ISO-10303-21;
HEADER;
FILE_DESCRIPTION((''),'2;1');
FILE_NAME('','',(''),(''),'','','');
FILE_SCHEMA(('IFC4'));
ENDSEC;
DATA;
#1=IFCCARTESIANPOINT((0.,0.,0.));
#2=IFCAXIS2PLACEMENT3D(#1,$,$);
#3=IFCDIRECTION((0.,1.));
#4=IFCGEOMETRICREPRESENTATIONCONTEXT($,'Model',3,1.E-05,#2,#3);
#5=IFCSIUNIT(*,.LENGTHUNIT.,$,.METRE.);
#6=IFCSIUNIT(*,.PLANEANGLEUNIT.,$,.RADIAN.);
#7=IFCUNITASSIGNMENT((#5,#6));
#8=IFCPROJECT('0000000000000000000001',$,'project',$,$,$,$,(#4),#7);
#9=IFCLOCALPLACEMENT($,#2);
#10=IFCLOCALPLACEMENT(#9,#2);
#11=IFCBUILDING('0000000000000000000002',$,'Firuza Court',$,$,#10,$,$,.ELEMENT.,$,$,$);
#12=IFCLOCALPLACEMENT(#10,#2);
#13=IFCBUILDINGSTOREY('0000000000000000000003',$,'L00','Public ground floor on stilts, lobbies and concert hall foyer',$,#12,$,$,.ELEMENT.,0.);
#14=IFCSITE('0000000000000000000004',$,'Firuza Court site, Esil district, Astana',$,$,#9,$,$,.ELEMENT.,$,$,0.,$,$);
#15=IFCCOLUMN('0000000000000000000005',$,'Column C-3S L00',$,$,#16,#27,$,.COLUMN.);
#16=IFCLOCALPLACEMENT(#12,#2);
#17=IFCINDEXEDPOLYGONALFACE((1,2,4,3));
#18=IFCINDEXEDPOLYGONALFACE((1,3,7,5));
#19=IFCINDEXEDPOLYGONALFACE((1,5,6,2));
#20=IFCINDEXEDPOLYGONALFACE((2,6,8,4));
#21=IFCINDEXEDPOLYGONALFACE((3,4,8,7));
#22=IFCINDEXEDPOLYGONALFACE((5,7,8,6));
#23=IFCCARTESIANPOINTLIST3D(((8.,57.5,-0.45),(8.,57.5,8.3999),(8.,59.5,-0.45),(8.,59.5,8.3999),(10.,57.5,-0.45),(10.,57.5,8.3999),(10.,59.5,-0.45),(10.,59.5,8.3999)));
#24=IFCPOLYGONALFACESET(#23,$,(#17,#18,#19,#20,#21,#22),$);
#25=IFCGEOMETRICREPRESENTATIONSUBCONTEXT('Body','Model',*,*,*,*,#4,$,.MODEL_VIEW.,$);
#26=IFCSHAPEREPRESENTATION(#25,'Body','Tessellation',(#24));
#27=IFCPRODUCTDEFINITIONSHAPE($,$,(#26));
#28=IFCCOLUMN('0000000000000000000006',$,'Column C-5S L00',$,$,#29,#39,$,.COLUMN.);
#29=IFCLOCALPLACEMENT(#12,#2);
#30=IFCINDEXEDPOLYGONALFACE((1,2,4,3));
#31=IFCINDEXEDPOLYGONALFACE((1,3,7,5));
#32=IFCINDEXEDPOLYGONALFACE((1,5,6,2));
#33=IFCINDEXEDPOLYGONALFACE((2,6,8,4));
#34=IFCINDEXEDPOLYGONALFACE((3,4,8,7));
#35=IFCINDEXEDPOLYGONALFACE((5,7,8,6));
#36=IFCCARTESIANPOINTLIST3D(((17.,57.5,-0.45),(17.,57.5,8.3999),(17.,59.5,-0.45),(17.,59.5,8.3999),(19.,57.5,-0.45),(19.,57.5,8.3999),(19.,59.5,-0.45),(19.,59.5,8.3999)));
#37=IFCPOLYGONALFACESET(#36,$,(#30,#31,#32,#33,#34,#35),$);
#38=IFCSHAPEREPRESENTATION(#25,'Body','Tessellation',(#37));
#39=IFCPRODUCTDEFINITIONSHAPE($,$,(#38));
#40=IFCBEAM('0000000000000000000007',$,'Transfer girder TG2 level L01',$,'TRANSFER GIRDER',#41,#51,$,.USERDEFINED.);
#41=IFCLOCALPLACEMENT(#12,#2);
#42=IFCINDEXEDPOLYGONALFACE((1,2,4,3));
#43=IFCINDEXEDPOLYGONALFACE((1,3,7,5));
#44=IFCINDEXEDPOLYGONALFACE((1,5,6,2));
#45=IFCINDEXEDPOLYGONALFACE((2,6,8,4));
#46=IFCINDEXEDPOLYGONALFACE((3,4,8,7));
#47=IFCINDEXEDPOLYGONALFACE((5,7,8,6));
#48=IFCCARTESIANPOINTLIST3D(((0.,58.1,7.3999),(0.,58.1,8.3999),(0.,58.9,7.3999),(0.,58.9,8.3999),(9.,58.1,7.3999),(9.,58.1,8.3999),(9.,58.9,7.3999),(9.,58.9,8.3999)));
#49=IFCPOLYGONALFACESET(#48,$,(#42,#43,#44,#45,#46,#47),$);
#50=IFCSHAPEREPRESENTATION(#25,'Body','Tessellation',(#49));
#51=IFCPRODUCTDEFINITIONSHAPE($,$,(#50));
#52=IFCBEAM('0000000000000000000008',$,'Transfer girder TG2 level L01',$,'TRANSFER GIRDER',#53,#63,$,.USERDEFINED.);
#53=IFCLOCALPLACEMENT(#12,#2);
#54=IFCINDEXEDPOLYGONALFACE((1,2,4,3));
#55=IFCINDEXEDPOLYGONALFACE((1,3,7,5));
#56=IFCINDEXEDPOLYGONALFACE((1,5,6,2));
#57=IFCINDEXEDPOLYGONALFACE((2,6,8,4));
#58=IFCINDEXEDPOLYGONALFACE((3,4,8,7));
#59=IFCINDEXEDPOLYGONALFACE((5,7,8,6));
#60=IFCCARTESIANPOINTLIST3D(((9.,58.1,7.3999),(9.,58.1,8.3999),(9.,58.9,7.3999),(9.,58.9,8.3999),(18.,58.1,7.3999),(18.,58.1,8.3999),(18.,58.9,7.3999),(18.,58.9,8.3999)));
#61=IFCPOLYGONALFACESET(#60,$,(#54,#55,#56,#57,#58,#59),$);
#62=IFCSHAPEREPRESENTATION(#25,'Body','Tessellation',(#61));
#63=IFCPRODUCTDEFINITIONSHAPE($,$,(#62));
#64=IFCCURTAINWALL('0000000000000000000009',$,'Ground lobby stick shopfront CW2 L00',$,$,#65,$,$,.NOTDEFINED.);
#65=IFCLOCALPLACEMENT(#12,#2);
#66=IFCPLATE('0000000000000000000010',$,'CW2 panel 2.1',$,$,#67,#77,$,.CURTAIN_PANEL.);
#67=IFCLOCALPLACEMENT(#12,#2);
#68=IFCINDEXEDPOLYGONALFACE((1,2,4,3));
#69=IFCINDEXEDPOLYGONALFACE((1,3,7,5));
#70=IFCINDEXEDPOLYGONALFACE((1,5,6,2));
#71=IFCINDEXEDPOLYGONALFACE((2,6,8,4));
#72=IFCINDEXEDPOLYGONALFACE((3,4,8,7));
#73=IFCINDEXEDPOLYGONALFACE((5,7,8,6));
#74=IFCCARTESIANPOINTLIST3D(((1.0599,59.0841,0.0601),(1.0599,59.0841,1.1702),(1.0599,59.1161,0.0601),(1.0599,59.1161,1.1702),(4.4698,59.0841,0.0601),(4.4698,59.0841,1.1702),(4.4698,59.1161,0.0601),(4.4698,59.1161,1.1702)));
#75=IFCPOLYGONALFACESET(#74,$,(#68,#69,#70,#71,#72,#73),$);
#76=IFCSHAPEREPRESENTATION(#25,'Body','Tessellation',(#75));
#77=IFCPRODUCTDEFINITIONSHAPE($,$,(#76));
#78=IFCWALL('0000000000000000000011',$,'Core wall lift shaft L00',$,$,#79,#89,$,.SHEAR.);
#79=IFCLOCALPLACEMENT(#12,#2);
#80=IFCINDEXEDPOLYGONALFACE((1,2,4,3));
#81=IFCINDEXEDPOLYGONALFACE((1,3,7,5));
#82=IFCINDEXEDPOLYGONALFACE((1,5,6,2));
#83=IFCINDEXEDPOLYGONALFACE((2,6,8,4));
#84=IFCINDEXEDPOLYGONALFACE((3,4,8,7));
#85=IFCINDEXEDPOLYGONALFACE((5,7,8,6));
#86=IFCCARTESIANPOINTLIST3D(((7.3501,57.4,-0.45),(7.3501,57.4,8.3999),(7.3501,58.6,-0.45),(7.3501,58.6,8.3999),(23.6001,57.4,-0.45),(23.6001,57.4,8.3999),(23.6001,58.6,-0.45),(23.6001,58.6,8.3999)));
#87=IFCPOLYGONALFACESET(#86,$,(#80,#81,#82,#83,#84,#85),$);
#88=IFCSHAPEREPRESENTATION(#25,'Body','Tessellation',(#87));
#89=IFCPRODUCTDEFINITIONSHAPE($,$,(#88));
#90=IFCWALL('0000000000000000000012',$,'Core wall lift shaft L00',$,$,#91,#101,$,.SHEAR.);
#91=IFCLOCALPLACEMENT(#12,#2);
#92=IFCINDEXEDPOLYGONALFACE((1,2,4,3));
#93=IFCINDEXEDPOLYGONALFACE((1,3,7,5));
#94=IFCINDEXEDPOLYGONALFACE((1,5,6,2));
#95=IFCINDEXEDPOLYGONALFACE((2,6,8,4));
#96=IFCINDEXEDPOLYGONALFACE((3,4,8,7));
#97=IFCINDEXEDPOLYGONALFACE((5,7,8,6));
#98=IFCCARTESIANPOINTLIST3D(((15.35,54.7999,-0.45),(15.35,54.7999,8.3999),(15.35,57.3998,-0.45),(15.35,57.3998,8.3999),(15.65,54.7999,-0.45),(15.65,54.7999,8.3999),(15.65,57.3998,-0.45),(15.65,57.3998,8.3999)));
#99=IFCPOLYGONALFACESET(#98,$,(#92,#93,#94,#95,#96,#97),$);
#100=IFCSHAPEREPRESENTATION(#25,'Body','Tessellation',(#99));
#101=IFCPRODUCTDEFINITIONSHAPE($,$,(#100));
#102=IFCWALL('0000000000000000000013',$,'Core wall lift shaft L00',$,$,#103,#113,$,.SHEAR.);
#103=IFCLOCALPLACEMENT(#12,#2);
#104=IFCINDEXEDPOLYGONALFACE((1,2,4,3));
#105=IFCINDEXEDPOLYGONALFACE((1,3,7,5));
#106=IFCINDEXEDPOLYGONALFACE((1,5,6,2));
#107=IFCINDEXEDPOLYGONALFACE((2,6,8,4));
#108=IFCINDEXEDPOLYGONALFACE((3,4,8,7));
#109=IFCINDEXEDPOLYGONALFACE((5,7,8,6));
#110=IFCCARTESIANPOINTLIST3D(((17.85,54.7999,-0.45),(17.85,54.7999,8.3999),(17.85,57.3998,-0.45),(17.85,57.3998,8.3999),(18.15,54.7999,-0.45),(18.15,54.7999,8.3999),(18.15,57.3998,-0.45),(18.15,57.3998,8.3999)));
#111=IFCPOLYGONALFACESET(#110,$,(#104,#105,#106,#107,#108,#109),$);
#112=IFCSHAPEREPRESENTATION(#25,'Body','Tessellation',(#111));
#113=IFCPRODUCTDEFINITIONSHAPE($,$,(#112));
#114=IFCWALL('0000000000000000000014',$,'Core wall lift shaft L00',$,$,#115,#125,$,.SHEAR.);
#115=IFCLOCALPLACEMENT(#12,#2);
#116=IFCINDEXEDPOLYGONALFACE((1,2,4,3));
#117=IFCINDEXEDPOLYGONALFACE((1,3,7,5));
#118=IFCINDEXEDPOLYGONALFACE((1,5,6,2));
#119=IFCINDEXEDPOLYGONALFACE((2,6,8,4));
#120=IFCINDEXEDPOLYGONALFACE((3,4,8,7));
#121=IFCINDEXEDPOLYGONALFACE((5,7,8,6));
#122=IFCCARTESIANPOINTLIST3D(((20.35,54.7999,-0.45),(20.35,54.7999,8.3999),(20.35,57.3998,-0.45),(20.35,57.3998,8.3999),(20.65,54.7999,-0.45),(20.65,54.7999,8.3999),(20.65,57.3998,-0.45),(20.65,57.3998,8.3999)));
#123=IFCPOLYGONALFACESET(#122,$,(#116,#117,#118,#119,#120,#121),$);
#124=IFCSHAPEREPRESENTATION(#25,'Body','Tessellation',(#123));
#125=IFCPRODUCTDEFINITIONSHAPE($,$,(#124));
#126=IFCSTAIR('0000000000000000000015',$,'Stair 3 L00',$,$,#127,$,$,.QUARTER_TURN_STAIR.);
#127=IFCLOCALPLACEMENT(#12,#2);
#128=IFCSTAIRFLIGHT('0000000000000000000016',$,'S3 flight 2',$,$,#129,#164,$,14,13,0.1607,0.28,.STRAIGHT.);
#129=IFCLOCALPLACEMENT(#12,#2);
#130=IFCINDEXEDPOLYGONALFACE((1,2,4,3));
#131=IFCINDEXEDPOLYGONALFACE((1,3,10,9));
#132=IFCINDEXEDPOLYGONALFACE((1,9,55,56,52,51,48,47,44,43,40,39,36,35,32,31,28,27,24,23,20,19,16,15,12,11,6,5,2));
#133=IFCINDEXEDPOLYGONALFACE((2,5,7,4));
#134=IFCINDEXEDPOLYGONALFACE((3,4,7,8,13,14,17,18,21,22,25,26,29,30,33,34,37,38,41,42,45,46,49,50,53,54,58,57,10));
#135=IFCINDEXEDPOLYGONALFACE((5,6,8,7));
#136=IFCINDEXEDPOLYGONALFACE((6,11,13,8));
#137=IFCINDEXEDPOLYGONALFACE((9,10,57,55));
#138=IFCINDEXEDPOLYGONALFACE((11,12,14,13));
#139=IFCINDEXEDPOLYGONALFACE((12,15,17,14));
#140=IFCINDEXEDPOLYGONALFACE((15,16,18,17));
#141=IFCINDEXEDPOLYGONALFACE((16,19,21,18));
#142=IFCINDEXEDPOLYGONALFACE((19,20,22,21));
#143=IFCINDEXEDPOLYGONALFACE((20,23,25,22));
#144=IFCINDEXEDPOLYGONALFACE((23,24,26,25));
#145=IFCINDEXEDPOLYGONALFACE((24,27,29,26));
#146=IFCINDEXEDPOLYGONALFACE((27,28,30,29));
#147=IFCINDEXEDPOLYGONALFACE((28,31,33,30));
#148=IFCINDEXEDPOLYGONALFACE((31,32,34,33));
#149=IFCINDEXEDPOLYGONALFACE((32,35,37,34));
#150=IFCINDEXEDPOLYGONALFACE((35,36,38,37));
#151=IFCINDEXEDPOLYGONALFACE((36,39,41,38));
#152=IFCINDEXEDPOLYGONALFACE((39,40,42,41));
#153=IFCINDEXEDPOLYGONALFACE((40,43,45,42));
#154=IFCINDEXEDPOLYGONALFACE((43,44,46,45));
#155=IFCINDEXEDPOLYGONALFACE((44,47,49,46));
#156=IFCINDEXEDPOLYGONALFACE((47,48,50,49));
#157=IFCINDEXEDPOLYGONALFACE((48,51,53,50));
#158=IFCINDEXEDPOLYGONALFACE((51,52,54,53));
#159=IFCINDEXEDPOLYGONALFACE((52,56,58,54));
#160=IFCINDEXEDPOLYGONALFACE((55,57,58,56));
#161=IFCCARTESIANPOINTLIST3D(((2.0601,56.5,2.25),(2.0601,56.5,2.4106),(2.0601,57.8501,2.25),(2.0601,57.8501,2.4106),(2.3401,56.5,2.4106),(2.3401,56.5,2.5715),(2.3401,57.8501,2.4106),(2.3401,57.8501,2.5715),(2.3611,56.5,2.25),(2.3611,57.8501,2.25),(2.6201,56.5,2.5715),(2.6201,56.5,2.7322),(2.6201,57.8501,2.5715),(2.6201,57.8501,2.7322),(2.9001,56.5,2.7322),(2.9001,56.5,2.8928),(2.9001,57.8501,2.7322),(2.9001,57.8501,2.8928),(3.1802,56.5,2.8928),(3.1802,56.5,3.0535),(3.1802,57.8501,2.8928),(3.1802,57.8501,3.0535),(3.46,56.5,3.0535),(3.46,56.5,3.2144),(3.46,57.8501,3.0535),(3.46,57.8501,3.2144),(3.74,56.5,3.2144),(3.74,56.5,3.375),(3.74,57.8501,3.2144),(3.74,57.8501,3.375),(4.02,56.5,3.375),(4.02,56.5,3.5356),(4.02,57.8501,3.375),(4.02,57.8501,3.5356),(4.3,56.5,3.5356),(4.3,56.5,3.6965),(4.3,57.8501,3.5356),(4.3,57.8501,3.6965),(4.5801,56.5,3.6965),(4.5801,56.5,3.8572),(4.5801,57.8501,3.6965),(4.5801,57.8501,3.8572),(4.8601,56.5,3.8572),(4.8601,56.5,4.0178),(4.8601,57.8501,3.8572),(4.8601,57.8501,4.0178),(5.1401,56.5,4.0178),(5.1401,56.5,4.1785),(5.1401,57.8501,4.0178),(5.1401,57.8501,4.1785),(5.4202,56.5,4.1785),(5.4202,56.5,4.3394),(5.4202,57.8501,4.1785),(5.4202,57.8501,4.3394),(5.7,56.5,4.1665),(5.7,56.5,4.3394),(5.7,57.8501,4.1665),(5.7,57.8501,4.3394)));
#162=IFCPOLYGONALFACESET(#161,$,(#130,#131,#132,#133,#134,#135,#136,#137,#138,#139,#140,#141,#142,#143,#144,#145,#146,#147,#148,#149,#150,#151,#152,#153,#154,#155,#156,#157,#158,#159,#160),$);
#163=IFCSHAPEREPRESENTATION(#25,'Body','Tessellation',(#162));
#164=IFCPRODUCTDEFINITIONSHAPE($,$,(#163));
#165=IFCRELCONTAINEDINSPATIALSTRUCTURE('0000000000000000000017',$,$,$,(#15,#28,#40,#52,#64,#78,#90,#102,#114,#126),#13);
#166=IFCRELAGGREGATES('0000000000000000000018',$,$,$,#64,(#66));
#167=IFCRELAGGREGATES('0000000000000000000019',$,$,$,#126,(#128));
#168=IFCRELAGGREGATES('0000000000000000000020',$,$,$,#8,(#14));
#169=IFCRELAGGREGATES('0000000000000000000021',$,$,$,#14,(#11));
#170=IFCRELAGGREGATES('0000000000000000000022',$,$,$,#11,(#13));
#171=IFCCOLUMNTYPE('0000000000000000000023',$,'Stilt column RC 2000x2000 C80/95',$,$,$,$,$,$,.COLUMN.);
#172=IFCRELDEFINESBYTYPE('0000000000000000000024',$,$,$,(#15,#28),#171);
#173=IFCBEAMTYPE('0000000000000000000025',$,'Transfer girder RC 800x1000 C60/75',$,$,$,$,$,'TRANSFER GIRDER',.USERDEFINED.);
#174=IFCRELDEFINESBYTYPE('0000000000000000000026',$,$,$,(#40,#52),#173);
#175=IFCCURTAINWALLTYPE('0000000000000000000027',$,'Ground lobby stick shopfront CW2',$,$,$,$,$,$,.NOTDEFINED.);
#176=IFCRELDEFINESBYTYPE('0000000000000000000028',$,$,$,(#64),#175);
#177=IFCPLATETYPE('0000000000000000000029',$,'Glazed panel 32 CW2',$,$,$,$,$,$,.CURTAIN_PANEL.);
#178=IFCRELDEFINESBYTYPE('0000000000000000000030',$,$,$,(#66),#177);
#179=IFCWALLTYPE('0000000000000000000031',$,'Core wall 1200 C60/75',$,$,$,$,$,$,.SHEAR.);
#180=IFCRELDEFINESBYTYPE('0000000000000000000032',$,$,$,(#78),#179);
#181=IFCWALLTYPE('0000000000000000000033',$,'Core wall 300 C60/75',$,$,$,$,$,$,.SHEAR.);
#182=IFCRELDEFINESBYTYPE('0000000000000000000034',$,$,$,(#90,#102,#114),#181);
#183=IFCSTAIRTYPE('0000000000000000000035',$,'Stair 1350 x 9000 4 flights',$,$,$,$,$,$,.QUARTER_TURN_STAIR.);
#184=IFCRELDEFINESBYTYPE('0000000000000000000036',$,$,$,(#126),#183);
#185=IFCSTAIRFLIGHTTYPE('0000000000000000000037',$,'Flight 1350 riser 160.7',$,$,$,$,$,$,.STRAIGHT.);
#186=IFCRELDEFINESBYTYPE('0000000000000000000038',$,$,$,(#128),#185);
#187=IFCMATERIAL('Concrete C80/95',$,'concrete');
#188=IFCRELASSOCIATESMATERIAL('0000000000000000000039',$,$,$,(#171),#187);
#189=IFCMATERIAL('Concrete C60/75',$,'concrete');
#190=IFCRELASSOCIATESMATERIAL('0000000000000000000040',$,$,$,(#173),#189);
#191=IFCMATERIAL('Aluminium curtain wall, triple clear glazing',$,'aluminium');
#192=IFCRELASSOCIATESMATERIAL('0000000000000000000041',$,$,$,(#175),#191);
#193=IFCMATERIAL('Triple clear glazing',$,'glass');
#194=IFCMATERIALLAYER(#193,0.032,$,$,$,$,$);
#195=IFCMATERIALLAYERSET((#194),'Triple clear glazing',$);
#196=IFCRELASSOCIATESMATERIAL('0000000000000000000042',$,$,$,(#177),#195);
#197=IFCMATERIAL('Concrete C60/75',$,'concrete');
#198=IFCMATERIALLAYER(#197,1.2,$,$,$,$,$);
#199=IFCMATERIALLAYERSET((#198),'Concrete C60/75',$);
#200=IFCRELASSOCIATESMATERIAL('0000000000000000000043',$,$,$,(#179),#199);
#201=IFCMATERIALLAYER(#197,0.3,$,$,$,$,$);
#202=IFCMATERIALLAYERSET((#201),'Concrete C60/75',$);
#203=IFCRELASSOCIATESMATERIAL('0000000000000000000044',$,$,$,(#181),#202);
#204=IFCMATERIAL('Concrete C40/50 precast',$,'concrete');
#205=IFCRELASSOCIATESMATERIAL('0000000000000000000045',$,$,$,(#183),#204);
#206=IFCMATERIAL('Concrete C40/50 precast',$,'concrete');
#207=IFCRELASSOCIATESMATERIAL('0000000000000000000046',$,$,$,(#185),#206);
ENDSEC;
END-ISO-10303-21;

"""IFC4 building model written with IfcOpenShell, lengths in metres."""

from ifc_helpers import new_model, si_unit, direction, frame, frame_2d, origin, origin_2d, place, context, subcontext, project, spatial, polyline, rectangle, outline, extrude, material, layer, layer_set, material_profile, profile_set, type_object, element, aggregate, save


model = new_model("IFC4")

# Units and contexts
model_context = context("Model", 3, precision=1e-05, world=origin(), true_north=direction((0.0, 1.0)))
body_context = subcontext(model_context, "Body", "Model", "MODEL_VIEW")
ifc_project = project(units=[si_unit("LENGTHUNIT", "METRE"), si_unit("PLANEANGLEUNIT", "RADIAN")], contexts=[model_context])

# Site, building, storey
site_placement = place(None, origin())
site = spatial("IfcSite", under=ifc_project, at=site_placement, Name="Firuza Court site, Esil district, Astana", CompositionType="ELEMENT", RefElevation=0.0)
building_placement = place(site_placement, origin())
building = spatial("IfcBuilding", under=site, at=building_placement, Name="Firuza Court", CompositionType="ELEMENT")
storey_placement = place(building_placement, origin())
storey = spatial("IfcBuildingStorey", under=building, at=storey_placement, Name="L00", Description="Public ground floor on stilts, lobbies and concert hall foyer", CompositionType="ELEMENT", Elevation=0.0)

# Columns
ifc_material_1 = material(Name="Concrete C80/95", Category="concrete")
ifc_material_profile_1 = material_profile(ifc_material_1, rectangle(XDim=2.0, YDim=2.0, at=origin_2d()), Name="RC 2000x2000")
ifc_profile_set_1 = profile_set([ifc_material_profile_1], Name="Concrete C80/95")
column_type = type_object("IfcColumnType", Name="Stilt column RC 2000x2000 C80/95", PredefinedType="COLUMN", material=ifc_profile_set_1)
for number, where, z_axis, x_axis, name in (
    (1, (9.0, 58.5, -0.45), (0.0, 0.0, 1.0), (1.0, 0.0, 0.0), "Column C-3S L00"),
    (2, (18.0, 58.5, -0.45), (0.0, 0.0, 1.0), (1.0, 0.0, 0.0), "Column C-5S L00"),
):
    element("IfcColumn", number, at=place(storey_placement, frame(where, z_axis=z_axis, x_axis=x_axis)), inside=storey, type_object=column_type, Name=name, PredefinedType="COLUMN", context=body_context, shape_type="SweptSolid", body=[
        extrude(rectangle(XDim=2.0, YDim=2.0, at=origin_2d()), origin(), (0.0, 0.0, 1.0), 8.8499),
    ])

# Beams
ifc_material_2 = material(Name="Concrete C60/75", Category="concrete")
ifc_material_profile_2 = material_profile(ifc_material_2, rectangle(XDim=0.8, YDim=1.0, at=origin_2d()), Name="RC 800x1000")
ifc_profile_set_2 = profile_set([ifc_material_profile_2], Name="Concrete C60/75")
beam_type = type_object("IfcBeamType", Name="Transfer girder RC 800x1000 C60/75", ElementType="TRANSFER GIRDER", PredefinedType="USERDEFINED", material=ifc_profile_set_2)
for number, where, z_axis, x_axis, name in (
    (3, (9.0, 58.5, 7.8999), (-1.0, 0.0, 0.0), (0.0, -1.0, 0.0), "Transfer girder TG2 level L01"),
    (4, (18.0, 58.5, 7.8999), (-1.0, 0.0, 0.0), (0.0, -1.0, 0.0), "Transfer girder TG2 level L01"),
):
    element("IfcBeam", number, at=place(storey_placement, frame(where, z_axis=z_axis, x_axis=x_axis)), inside=storey, type_object=beam_type, Name=name, ObjectType="TRANSFER GIRDER", PredefinedType="USERDEFINED", context=body_context, shape_type="SweptSolid", body=[
        extrude(rectangle(XDim=0.8, YDim=1.0, at=origin_2d()), origin(), (0.0, 0.0, 1.0), 9.0),
    ])

# Curtain wall, plate
ifc_material_3 = material(Name="Aluminium curtain wall, triple clear glazing", Category="aluminium")
curtain_wall_type = type_object("IfcCurtainWallType", Name="Ground lobby stick shopfront CW2", PredefinedType="NOTDEFINED", material=ifc_material_3)
curtain_wall_placement = place(storey_placement, origin())
curtain_wall = element("IfcCurtainWall", 5, at=curtain_wall_placement, inside=storey, type_object=curtain_wall_type, Name="Ground lobby stick shopfront CW2 L00", PredefinedType="NOTDEFINED")
ifc_material_4 = material(Name="Triple clear glazing", Category="glass")
ifc_layer_1 = layer(ifc_material_4, 0.032)
ifc_layer_set_1 = layer_set([ifc_layer_1], Name="Triple clear glazing")
plate_type = type_object("IfcPlateType", Name="Glazed panel 32 CW2", PredefinedType="CURTAIN_PANEL", material=ifc_layer_set_1)
plate_placement = place(storey_placement, frame((2.7649, 59.1001, 0.0601), z_axis=(0.0, 0.0, 1.0), x_axis=(-1.0, 0.0, 0.0)))
plate = element("IfcPlate", 6, at=plate_placement, type_object=plate_type, Name="CW2 panel 2.1", PredefinedType="CURTAIN_PANEL", context=body_context, shape_type="SweptSolid", body=[
    extrude(rectangle(XDim=3.4099, YDim=0.032, at=origin_2d()), origin(), (0.0, 0.0, 1.0), 1.1101),
])
aggregate(curtain_wall, [plate])

# Walls
ifc_material_5 = material(Name="Concrete C60/75", Category="concrete")
ifc_layer_2 = layer(ifc_material_5, 1.2)
ifc_layer_set_2 = layer_set([ifc_layer_2], Name="Concrete C60/75")
wall_type_1 = type_object("IfcWallType", Name="Core wall 1200 C60/75", PredefinedType="SHEAR", material=ifc_layer_set_2)
wall_placement = place(storey_placement, frame((7.3501, 58.0, -0.45), z_axis=(0.0, 0.0, 1.0), x_axis=(1.0, 0.0, 0.0)))
element("IfcWall", 7, at=wall_placement, inside=storey, type_object=wall_type_1, Name="Core wall lift shaft L00", PredefinedType="SHEAR", context=body_context, shape_type="SweptSolid", body=[
    extrude(rectangle(XDim=16.25, YDim=1.2, at=frame_2d((8.125, 0.0))), origin(), (0.0, 0.0, 1.0), 8.8499),
])
ifc_layer_3 = layer(ifc_material_5, 0.3)
ifc_layer_set_3 = layer_set([ifc_layer_3], Name="Concrete C60/75")
wall_type_2 = type_object("IfcWallType", Name="Core wall 300 C60/75", PredefinedType="SHEAR", material=ifc_layer_set_3)
for number, where, z_axis, x_axis, name in (
    (8, (15.5, 54.8, -0.45), (0.0, 0.0, 1.0), (0.0, 1.0, 0.0), "Core wall lift shaft L00"),
    (9, (18.0, 54.8, -0.45), (0.0, 0.0, 1.0), (0.0, 1.0, 0.0), "Core wall lift shaft L00"),
    (10, (20.5, 54.8, -0.45), (0.0, 0.0, 1.0), (0.0, 1.0, 0.0), "Core wall lift shaft L00"),
):
    element("IfcWall", number, at=place(storey_placement, frame(where, z_axis=z_axis, x_axis=x_axis)), inside=storey, type_object=wall_type_2, Name=name, PredefinedType="SHEAR", context=body_context, shape_type="SweptSolid", body=[
        extrude(rectangle(XDim=2.5999, YDim=0.3, at=frame_2d((1.2998, 0.0))), origin(), (0.0, 0.0, 1.0), 8.8499),
    ])

# Stair, stair flight
ifc_material_6 = material(Name="Concrete C40/50 precast", Category="concrete")
stair_type = type_object("IfcStairType", Name="Stair 1350 x 9000 4 flights", PredefinedType="QUARTER_TURN_STAIR", material=ifc_material_6)
stair_placement = place(storey_placement, origin())
stair = element("IfcStair", 11, at=stair_placement, inside=storey, type_object=stair_type, Name="Stair 3 L00", PredefinedType="QUARTER_TURN_STAIR")
ifc_material_7 = material(Name="Concrete C40/50 precast", Category="concrete")
stair_flight_type = type_object("IfcStairFlightType", Name="Flight 1350 riser 160.7", PredefinedType="STRAIGHT", material=ifc_material_7)
stair_flight_1_placement = place(storey_placement, frame((2.0601, 57.175, 2.25), z_axis=(0.0, 0.0, 1.0), x_axis=(1.0, 0.0, 0.0)))
stair_flight_1 = element("IfcStairFlight", 12, at=stair_flight_1_placement, type_object=stair_flight_type, Name="S3 flight 2", NumberOfRisers=14, NumberOfTreads=13, PredefinedType="STRAIGHT", RiserHeight=0.1607, TreadLength=0.28, context=body_context, shape_type="SweptSolid", body=[
    extrude(outline(polyline([(0.0, 0.0), (0.0, 0.1606), (0.28, 0.1606), (0.28, 0.3215), (0.5601, 0.3215), (0.5601, 0.4822), (0.8401, 0.4822), (0.8401, 0.6428), (1.1201, 0.6428), (1.1201, 0.8035), (1.3999, 0.8035), (1.3999, 0.9644), (1.6799, 0.9644), (1.6799, 1.125), (1.96, 1.125), (1.96, 1.2856), (2.24, 1.2856), (2.24, 1.4465), (2.52, 1.4465), (2.52, 1.6072), (2.8, 1.6072), (2.8, 1.7678), (3.0801, 1.7678), (3.0801, 1.9285), (3.3601, 1.9285), (3.3601, 2.0894), (3.6399, 2.0894), (3.6399, 2.25), (3.6399, 1.9165), (0.301, 0.0), (0.0, 0.0)])), frame((0.0, 0.675, 0.0), z_axis=(0.0, -1.0, 0.0), x_axis=(1.0, 0.0, 0.0)), (0.0, 0.0, 1.0), 1.3501),
])
aggregate(stair, [stair_flight_1])

save(model, "model.ifc")
